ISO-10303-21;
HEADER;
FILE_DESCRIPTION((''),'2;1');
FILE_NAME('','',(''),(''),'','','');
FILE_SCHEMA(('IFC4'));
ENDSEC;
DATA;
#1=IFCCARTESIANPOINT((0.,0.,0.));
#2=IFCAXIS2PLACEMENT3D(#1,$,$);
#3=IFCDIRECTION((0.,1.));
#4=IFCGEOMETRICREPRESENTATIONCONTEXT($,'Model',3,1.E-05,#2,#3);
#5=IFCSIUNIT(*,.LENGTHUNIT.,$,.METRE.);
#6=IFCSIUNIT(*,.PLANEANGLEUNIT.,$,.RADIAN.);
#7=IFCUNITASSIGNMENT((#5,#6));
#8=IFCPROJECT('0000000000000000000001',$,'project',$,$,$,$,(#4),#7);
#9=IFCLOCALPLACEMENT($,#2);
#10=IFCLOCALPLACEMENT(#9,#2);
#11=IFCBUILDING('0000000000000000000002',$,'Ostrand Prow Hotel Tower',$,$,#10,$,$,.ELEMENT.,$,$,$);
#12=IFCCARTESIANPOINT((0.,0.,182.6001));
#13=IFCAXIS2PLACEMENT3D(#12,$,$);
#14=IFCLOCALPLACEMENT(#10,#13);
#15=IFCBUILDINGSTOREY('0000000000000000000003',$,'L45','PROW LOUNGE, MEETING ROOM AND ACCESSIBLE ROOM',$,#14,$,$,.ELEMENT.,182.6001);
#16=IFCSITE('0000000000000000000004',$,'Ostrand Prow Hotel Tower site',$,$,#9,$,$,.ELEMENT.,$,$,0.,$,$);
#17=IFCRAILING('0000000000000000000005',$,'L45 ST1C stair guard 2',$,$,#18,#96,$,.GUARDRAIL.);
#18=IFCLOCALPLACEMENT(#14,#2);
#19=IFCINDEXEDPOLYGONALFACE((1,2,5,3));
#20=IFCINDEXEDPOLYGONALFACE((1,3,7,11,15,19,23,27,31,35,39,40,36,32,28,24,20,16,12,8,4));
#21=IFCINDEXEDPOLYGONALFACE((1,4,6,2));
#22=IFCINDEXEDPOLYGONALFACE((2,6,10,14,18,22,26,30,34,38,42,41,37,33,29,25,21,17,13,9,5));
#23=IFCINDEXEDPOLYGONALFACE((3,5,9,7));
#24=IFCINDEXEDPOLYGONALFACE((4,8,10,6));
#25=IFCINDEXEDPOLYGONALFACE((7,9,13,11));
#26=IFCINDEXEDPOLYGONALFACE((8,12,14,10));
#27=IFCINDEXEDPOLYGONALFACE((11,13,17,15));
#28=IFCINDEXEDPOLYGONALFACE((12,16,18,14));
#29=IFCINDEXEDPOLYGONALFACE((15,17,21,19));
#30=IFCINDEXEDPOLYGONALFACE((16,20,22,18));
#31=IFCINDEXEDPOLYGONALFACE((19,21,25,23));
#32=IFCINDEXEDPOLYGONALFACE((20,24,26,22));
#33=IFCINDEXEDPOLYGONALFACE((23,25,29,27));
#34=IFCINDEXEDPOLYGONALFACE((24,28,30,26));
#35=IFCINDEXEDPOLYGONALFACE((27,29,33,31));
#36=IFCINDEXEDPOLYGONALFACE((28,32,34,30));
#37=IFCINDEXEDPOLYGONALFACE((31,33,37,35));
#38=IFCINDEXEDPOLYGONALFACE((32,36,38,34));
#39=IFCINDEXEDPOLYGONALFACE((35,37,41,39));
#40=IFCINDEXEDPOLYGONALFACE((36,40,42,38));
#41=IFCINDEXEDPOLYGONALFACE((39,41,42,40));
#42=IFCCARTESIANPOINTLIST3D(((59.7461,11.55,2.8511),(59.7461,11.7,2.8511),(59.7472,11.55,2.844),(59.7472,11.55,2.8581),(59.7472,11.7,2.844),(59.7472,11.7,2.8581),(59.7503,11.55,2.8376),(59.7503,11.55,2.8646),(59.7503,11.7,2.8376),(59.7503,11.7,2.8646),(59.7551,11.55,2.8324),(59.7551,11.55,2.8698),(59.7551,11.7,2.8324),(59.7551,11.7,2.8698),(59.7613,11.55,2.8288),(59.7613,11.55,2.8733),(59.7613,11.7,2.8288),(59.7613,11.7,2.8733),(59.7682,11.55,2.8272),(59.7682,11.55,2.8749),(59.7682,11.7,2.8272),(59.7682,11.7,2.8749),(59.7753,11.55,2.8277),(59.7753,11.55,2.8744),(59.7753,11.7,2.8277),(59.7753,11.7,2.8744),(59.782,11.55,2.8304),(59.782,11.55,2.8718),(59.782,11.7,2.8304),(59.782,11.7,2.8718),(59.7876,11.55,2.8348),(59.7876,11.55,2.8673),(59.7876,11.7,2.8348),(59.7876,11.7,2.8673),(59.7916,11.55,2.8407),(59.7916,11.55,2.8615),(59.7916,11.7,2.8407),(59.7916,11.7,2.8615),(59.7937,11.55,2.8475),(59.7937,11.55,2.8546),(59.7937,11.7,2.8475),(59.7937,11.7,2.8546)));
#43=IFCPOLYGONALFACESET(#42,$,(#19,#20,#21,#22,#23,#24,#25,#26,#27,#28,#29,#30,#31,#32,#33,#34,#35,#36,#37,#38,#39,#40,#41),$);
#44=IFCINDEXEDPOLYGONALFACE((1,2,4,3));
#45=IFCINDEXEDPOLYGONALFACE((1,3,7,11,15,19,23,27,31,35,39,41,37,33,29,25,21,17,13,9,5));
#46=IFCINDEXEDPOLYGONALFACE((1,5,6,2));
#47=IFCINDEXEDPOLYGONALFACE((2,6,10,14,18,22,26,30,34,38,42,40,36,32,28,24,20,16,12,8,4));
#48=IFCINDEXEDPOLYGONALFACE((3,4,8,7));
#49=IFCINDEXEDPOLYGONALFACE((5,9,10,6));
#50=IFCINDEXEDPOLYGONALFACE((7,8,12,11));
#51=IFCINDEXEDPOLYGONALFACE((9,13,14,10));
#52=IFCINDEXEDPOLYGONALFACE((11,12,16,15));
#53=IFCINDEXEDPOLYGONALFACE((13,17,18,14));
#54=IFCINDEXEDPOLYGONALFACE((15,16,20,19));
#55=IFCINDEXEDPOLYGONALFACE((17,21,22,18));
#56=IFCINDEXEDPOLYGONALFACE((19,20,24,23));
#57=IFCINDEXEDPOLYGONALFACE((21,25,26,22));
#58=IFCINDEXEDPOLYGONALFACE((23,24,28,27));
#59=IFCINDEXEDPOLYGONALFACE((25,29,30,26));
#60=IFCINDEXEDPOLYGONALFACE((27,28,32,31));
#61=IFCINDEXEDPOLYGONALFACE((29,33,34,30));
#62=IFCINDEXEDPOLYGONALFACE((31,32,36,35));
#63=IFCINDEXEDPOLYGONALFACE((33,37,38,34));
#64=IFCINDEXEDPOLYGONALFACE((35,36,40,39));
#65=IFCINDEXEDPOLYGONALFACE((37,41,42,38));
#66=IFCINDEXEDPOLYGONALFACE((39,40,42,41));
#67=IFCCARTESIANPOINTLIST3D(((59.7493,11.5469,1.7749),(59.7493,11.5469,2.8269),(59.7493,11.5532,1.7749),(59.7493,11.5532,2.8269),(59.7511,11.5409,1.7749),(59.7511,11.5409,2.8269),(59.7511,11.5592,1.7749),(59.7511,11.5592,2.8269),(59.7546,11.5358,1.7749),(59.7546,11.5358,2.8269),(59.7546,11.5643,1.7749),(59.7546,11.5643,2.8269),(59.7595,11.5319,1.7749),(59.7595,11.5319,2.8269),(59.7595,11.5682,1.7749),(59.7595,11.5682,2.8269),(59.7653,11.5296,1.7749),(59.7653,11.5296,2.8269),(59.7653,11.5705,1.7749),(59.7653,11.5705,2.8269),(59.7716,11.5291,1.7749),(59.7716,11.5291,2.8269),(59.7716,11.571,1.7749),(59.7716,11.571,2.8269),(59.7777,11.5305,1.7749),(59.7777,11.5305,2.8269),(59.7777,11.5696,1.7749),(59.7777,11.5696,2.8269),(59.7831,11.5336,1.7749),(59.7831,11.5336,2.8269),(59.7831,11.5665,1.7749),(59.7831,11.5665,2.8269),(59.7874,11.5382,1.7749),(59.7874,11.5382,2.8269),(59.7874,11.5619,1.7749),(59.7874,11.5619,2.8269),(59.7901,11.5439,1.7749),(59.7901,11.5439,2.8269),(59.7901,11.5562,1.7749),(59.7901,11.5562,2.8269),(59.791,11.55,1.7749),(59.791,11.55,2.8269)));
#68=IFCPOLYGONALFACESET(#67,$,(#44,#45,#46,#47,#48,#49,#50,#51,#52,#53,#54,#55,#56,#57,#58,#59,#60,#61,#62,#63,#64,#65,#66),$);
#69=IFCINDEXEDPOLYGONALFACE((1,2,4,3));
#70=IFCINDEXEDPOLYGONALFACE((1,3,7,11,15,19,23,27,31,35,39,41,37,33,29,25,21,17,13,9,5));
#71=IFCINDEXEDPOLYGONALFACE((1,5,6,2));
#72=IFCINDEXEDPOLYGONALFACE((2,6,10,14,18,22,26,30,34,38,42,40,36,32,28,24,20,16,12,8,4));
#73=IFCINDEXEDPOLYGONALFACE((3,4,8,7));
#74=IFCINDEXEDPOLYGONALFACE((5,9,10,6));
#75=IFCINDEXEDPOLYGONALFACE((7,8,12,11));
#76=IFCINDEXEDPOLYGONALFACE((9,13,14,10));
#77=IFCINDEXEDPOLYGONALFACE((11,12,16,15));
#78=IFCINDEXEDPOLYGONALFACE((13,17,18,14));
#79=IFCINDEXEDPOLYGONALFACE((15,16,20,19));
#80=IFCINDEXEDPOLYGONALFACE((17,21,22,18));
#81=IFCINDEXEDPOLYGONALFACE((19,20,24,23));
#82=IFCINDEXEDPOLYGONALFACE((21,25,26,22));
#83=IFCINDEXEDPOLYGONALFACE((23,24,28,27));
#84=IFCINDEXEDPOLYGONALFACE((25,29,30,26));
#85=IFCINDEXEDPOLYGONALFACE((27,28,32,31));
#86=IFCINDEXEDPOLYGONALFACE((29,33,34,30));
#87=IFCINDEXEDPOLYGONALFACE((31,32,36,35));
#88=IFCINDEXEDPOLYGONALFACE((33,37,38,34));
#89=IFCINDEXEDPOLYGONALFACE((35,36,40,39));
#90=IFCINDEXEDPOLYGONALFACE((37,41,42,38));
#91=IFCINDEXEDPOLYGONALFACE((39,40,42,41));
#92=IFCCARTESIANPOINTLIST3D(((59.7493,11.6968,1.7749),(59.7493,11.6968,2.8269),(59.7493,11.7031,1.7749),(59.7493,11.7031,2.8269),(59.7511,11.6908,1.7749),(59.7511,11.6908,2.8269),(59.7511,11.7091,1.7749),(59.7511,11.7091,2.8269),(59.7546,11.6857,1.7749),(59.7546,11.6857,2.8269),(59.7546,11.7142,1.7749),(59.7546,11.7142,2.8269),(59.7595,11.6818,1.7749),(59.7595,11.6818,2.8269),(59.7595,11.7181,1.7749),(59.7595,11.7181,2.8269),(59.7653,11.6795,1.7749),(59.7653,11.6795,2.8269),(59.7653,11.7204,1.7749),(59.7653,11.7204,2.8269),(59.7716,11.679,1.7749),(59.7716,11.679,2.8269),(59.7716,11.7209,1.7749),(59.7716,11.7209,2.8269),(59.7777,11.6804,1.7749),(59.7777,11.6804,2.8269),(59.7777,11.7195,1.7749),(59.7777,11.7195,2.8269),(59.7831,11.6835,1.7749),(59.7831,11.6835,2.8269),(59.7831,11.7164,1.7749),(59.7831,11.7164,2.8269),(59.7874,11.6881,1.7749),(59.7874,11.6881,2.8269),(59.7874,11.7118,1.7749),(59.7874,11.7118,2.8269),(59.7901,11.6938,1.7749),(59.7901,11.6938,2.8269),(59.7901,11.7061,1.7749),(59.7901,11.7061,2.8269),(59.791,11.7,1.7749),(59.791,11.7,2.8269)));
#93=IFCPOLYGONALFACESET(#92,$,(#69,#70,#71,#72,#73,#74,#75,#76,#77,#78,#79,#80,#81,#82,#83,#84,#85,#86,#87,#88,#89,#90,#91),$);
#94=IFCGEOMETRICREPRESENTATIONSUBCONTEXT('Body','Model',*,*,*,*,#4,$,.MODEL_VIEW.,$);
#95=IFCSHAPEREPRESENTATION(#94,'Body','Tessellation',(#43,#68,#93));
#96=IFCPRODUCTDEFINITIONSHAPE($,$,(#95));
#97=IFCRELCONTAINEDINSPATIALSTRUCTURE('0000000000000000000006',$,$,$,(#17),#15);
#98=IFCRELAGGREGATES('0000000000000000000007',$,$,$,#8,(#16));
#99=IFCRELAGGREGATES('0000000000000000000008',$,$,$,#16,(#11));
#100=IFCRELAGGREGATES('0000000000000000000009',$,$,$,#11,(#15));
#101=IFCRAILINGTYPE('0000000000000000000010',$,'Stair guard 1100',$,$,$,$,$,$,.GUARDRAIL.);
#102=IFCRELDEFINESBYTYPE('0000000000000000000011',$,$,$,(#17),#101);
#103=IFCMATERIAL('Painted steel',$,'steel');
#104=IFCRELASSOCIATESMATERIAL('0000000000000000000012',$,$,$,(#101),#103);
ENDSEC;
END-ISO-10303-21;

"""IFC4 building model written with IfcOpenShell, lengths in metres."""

from ifc_helpers import new_model, si_unit, direction, frame, origin, origin_2d, place, context, subcontext, project, spatial, circle, extrude, material, type_object, element, save


model = new_model("IFC4")

# Units and contexts
model_context = context("Model", 3, precision=1e-05, world=origin(), true_north=direction((0.0, 1.0)))
body_context = subcontext(model_context, "Body", "Model", "MODEL_VIEW")
ifc_project = project(units=[si_unit("LENGTHUNIT", "METRE"), si_unit("PLANEANGLEUNIT", "RADIAN")], contexts=[model_context])

# Site, building, storey
site_placement = place(None, origin())
site = spatial("IfcSite", under=ifc_project, at=site_placement, Name="Ostrand Prow Hotel Tower site", CompositionType="ELEMENT", RefElevation=0.0)
building_placement = place(site_placement, origin())
building = spatial("IfcBuilding", under=site, at=building_placement, Name="Ostrand Prow Hotel Tower", CompositionType="ELEMENT")
storey_placement = place(building_placement, frame((0.0, 0.0, 182.6001)))
storey = spatial("IfcBuildingStorey", under=building, at=storey_placement, Name="L45", Description="PROW LOUNGE, MEETING ROOM AND ACCESSIBLE ROOM", CompositionType="ELEMENT", Elevation=182.6001)

# Railing
ifc_material_1 = material(Name="Painted steel", Category="steel")
railing_type_1 = type_object("IfcRailingType", Name="Stair guard 1100", PredefinedType="GUARDRAIL", material=ifc_material_1)
railing_1_placement = place(storey_placement, frame((59.77, 11.55, 1.7749)))
element("IfcRailing", 1, at=railing_1_placement, inside=storey, type_object=railing_type_1, Name="L45 ST1C stair guard 2", PredefinedType="GUARDRAIL", context=body_context, shape_type="SweptSolid", body=[
    extrude(circle(Radius=0.0239, at=origin_2d()), frame((0.0, 0.0, 1.0762), z_axis=(0.0, 1.0, 0.0), x_axis=(-1.0, 0.0, 0.0)), (0.0, 0.0, 1.0), 0.1499),
    extrude(circle(Radius=0.021, at=origin_2d()), origin(), (0.0, 0.0, 1.0), 1.052),
    extrude(circle(Radius=0.021, at=origin_2d()), frame((0.0, 0.1499, 0.0)), (0.0, 0.0, 1.0), 1.052),
])

save(model, "model.ifc")
